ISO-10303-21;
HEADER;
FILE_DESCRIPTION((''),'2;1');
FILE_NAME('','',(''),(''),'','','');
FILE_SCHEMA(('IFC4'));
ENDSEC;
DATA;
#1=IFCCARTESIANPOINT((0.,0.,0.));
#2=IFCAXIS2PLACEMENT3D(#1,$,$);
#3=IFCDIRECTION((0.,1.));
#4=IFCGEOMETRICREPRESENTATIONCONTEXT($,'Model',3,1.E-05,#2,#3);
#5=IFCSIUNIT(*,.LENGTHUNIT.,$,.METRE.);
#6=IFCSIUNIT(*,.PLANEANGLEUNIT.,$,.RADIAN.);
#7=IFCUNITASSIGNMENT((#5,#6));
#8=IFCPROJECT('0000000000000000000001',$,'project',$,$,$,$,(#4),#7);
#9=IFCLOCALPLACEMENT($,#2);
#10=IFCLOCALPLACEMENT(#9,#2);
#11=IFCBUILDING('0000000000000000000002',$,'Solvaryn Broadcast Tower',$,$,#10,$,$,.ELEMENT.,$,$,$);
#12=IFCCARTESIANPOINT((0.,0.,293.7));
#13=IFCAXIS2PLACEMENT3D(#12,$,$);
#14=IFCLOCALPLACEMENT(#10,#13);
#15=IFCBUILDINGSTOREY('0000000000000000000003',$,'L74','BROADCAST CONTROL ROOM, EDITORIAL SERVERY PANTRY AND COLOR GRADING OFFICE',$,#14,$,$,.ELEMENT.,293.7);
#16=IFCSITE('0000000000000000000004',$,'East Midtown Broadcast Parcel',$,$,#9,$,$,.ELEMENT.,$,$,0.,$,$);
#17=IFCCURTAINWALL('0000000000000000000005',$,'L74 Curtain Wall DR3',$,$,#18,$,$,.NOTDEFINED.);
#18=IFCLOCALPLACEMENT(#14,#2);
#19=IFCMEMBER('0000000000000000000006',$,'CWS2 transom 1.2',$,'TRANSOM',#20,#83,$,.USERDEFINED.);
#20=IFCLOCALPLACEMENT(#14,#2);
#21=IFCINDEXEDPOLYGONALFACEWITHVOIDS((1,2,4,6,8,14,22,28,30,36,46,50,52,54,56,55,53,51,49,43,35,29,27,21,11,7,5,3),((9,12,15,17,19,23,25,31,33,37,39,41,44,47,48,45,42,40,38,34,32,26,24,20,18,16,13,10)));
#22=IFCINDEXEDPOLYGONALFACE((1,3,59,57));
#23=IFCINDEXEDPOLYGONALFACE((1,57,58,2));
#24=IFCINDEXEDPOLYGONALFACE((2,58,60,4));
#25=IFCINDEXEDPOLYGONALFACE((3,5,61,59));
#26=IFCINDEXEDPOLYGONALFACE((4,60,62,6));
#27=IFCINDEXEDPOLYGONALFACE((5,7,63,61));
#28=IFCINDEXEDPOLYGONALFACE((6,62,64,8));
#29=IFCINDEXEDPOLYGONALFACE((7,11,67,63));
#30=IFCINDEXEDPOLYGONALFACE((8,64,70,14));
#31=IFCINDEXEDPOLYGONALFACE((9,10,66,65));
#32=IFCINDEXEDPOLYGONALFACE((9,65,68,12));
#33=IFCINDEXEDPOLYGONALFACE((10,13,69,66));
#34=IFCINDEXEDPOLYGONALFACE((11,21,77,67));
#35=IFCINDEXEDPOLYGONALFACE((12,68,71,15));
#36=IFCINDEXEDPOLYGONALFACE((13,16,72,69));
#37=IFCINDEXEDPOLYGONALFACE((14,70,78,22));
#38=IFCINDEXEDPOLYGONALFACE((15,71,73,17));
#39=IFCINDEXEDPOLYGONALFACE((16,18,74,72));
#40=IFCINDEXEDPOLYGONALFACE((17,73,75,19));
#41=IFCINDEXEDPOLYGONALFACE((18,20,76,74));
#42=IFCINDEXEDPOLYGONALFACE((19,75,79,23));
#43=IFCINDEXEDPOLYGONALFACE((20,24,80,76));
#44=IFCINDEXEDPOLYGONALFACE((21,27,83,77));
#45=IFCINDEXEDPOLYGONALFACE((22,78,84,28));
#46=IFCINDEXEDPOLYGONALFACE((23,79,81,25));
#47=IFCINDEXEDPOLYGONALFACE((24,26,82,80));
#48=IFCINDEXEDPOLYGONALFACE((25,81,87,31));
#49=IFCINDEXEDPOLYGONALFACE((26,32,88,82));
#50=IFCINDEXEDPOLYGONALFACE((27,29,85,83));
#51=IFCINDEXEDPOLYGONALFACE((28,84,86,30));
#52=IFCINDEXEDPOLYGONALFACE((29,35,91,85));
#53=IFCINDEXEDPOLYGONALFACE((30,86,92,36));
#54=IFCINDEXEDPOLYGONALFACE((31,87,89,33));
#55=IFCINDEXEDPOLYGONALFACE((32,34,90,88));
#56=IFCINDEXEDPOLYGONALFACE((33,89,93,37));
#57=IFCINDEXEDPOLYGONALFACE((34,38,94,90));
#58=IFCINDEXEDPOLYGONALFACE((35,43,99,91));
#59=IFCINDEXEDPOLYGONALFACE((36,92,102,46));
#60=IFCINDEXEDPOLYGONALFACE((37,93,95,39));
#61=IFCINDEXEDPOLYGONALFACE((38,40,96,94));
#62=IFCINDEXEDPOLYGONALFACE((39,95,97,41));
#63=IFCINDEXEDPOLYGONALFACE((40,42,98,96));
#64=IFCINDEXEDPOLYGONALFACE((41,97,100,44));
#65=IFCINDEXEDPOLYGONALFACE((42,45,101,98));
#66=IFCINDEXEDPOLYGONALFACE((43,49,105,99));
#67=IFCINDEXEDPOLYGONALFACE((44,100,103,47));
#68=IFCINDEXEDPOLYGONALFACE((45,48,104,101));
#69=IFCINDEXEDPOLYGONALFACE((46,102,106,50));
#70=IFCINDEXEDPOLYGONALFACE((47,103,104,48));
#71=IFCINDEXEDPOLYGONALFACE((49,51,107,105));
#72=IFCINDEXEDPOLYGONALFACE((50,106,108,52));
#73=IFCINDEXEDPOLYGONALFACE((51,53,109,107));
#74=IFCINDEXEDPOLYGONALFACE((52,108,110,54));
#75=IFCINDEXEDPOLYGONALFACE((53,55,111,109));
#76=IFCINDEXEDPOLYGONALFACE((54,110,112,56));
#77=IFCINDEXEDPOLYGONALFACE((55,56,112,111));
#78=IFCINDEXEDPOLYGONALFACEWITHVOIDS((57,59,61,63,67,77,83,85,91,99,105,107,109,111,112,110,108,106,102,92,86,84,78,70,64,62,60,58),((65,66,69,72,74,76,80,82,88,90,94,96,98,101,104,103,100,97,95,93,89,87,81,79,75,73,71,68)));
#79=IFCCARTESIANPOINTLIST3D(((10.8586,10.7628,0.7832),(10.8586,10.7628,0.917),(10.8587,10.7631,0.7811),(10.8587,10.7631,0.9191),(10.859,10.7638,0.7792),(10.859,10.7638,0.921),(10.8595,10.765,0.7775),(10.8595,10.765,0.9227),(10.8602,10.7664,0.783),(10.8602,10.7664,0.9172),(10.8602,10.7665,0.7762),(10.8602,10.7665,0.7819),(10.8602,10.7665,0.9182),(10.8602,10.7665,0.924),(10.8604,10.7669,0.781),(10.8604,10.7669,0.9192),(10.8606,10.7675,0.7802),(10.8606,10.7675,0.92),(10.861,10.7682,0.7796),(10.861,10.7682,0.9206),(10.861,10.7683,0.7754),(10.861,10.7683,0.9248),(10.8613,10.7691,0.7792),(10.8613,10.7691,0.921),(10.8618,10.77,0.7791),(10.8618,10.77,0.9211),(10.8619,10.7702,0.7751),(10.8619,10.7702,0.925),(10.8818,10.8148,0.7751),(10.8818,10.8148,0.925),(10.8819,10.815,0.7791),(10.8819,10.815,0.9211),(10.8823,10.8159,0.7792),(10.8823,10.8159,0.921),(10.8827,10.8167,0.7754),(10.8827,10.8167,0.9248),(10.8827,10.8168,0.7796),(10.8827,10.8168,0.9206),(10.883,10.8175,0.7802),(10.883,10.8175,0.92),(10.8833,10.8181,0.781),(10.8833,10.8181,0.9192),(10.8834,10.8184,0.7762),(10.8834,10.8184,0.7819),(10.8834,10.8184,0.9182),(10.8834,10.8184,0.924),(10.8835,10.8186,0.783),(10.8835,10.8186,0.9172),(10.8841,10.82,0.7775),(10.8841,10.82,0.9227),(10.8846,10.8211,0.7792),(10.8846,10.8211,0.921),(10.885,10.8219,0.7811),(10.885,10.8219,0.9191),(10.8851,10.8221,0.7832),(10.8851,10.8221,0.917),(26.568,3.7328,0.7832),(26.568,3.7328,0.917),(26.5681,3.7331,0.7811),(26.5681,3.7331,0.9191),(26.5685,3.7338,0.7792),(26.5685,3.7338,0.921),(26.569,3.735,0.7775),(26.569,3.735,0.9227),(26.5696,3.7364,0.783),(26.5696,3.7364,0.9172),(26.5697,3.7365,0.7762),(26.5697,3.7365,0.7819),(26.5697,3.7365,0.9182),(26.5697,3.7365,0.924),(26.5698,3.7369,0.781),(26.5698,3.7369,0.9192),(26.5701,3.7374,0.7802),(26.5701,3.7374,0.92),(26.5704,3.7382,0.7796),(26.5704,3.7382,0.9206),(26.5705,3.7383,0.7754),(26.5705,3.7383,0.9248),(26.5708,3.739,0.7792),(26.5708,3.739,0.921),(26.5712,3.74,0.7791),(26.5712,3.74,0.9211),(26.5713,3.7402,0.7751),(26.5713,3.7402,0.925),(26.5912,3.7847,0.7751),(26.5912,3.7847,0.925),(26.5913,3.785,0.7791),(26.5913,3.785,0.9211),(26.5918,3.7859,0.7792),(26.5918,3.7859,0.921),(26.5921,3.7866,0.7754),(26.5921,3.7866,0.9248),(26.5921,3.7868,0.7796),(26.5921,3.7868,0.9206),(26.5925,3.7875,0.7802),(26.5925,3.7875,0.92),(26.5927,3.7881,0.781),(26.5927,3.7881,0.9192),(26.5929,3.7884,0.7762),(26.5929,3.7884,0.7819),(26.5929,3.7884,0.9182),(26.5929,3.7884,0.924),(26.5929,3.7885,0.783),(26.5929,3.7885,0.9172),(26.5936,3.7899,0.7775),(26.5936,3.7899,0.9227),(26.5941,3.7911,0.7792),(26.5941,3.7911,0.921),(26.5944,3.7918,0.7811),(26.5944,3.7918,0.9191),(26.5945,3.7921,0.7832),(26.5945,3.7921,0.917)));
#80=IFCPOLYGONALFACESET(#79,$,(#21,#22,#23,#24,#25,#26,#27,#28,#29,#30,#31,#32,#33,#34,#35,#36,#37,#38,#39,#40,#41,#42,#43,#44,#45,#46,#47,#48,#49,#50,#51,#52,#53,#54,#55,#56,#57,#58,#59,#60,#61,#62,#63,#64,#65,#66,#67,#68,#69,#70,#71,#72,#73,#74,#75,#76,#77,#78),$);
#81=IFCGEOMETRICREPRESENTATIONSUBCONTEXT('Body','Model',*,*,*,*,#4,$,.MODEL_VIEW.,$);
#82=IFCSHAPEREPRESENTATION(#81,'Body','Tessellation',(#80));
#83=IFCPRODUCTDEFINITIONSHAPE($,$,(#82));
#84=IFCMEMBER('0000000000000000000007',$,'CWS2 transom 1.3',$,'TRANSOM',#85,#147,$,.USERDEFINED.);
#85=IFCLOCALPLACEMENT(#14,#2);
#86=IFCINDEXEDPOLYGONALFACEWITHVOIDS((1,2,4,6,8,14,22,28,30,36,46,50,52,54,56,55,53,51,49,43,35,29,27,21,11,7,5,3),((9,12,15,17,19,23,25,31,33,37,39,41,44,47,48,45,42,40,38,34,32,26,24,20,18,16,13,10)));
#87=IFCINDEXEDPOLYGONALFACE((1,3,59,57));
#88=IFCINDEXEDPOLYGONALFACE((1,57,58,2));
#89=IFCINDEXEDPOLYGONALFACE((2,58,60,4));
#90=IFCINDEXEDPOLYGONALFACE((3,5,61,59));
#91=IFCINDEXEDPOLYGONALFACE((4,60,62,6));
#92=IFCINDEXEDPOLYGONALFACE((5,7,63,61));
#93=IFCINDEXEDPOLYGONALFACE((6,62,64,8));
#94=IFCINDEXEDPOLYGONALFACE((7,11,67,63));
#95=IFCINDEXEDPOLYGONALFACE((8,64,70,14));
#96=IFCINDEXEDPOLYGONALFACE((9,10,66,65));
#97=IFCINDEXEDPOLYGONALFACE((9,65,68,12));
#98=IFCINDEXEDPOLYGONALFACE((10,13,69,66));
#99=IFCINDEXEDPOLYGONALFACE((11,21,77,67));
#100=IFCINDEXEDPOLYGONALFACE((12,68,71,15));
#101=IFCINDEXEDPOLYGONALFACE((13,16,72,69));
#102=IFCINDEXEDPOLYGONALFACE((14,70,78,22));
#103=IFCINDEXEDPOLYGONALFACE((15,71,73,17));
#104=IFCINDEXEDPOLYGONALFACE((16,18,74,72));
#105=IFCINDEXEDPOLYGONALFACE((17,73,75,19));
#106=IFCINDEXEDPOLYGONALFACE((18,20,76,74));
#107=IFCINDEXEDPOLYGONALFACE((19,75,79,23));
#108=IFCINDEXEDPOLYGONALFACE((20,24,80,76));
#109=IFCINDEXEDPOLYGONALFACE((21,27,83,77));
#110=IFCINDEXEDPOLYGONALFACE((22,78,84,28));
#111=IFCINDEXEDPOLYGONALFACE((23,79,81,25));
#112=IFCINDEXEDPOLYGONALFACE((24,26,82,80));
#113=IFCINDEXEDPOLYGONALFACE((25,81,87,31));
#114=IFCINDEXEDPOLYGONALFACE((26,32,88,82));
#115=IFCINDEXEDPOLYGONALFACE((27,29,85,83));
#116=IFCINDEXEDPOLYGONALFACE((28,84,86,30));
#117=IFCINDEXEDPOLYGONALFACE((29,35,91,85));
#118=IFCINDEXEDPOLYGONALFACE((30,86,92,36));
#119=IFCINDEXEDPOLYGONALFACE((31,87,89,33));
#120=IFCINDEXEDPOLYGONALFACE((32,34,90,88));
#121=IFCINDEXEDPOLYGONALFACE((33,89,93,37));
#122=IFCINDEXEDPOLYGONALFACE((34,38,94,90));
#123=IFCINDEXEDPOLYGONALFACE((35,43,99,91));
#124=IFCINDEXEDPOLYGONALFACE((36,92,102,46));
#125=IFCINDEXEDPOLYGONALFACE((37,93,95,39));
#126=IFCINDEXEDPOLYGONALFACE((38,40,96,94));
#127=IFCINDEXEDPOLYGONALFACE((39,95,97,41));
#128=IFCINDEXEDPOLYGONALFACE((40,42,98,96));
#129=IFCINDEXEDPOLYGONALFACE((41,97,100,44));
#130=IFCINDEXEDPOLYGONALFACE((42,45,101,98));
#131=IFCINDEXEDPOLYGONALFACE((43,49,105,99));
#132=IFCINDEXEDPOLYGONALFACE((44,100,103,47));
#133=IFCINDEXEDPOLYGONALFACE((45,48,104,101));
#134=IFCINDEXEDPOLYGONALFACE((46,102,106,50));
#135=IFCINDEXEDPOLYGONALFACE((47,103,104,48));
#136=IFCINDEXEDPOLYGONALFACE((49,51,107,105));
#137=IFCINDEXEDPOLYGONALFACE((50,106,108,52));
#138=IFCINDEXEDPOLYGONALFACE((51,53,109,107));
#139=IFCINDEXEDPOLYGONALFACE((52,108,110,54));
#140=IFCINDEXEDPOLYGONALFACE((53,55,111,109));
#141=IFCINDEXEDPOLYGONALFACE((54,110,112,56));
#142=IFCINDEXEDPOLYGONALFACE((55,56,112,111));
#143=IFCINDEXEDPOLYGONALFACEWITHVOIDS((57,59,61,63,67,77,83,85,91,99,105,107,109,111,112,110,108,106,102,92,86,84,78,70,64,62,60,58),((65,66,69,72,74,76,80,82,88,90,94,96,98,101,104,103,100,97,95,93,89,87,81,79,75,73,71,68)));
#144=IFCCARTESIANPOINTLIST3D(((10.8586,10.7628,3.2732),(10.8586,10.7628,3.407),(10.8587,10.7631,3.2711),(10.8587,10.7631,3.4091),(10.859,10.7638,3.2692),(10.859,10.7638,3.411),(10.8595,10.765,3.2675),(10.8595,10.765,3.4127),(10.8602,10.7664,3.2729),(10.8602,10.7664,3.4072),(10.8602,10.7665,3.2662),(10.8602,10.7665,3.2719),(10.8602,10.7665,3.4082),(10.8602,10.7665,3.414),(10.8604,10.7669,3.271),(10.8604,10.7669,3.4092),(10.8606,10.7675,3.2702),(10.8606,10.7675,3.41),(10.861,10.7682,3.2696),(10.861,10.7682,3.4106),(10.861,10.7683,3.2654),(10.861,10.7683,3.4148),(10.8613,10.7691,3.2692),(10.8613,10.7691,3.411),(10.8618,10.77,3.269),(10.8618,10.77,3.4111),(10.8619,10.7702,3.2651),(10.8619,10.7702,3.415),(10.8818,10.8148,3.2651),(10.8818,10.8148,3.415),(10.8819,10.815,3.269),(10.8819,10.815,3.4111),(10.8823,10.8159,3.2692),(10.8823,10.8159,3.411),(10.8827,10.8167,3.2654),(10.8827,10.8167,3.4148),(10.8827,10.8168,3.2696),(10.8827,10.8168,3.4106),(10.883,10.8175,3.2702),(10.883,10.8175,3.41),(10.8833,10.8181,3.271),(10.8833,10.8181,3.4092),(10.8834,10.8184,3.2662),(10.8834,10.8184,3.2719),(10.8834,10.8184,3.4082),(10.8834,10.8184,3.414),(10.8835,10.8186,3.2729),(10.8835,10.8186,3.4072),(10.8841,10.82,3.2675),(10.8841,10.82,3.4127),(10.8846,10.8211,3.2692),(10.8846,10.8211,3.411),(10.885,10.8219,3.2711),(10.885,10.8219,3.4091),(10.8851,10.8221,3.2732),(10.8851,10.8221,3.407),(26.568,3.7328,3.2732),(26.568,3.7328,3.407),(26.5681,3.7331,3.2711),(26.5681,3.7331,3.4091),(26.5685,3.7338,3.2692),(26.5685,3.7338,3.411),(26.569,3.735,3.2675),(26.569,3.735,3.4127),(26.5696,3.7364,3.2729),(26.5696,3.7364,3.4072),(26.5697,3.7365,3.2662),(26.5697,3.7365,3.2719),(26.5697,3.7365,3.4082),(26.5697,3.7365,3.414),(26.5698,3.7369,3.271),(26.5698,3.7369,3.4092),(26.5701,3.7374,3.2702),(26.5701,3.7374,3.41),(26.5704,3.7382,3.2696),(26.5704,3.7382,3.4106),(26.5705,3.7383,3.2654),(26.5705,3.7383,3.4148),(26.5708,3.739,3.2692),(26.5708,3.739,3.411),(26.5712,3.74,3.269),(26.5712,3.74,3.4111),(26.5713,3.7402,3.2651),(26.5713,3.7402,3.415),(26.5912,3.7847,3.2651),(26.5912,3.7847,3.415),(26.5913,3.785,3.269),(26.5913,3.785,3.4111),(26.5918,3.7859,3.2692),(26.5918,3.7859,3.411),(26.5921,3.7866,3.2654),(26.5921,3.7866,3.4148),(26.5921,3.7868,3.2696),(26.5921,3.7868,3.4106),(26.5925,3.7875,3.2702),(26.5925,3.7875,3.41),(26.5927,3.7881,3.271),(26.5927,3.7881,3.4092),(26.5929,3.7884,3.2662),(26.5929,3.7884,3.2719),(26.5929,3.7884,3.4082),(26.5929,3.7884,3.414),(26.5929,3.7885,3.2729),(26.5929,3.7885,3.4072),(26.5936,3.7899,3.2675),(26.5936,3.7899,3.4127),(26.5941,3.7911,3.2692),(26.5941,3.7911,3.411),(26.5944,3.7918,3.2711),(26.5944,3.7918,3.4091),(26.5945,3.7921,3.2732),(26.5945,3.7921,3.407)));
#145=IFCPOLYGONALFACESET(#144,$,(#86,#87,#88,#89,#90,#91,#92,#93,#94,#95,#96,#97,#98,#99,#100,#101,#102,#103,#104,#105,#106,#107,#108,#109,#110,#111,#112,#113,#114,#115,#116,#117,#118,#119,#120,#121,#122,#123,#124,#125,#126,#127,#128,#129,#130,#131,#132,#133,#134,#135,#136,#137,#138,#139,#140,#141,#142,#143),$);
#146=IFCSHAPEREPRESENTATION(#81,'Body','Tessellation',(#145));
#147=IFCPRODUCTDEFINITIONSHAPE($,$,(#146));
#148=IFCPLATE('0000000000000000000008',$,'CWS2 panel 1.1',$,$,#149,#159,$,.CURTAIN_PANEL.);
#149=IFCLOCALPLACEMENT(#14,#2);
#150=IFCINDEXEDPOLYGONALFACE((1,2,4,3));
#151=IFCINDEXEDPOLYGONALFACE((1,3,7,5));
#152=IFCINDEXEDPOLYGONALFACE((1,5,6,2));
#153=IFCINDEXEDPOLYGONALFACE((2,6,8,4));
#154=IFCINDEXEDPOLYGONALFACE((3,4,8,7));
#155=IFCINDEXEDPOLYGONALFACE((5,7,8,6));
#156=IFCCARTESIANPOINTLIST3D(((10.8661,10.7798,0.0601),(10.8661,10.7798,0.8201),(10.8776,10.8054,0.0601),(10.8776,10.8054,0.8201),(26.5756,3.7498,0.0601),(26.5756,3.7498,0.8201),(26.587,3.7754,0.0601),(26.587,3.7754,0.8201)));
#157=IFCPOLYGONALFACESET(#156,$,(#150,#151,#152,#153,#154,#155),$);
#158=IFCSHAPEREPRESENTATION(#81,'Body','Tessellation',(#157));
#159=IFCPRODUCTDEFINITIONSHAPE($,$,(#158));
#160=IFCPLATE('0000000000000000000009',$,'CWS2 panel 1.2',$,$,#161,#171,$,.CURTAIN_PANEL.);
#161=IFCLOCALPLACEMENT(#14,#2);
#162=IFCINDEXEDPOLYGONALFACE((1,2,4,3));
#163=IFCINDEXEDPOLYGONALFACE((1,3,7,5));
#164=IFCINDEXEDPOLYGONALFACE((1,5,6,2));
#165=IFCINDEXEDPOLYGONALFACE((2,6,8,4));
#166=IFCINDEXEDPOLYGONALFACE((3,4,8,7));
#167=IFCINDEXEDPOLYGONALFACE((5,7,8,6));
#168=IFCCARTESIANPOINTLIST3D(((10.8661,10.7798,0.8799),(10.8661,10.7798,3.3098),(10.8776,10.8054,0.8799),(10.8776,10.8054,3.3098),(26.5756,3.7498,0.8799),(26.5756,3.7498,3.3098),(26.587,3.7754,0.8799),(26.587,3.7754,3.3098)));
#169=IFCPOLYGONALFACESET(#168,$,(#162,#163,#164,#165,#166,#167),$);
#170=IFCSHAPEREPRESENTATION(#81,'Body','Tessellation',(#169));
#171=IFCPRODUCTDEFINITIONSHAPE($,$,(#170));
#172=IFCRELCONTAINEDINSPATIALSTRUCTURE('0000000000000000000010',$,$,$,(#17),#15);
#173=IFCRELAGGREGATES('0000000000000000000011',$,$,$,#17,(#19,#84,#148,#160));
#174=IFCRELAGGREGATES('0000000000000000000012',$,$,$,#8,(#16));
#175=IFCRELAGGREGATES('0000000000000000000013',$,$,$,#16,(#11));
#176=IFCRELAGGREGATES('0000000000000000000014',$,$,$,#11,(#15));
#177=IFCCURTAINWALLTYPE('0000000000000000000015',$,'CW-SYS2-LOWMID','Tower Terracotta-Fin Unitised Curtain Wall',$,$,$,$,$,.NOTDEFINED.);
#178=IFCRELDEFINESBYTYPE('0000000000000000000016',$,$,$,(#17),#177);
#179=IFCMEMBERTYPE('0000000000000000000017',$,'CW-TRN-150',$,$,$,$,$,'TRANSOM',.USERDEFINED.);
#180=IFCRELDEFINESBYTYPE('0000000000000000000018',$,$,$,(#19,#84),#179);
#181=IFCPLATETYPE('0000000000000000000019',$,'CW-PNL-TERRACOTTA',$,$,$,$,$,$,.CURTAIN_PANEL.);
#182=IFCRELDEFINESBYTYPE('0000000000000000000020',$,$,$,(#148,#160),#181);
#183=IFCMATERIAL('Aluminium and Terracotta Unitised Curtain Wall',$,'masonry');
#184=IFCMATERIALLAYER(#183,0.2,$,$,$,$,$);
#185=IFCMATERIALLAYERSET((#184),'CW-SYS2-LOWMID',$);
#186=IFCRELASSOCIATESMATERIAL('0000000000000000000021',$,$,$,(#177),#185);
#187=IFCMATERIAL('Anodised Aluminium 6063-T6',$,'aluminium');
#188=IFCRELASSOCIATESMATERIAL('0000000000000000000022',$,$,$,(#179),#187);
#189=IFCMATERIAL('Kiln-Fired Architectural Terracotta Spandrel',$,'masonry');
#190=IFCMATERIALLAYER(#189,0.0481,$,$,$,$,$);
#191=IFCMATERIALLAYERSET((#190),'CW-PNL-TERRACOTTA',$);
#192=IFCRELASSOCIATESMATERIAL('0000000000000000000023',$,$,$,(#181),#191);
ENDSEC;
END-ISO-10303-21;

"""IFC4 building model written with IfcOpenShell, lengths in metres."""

from ifc_helpers import new_model, si_unit, direction, frame, origin, origin_2d, place, context, subcontext, project, spatial, rectangle, hollow_rectangle, extrude, material, layer, layer_set, material_profile, profile_set, type_object, element, aggregate, save


model = new_model("IFC4")

# Units and contexts
model_context = context("Model", 3, precision=1e-05, world=origin(), true_north=direction((0.0, 1.0)))
body_context = subcontext(model_context, "Body", "Model", "MODEL_VIEW")
ifc_project = project(units=[si_unit("LENGTHUNIT", "METRE"), si_unit("PLANEANGLEUNIT", "RADIAN")], contexts=[model_context])

# Site, building, storey
site_placement = place(None, origin())
site = spatial("IfcSite", under=ifc_project, at=site_placement, Name="East Midtown Broadcast Parcel", CompositionType="ELEMENT", RefElevation=0.0)
building_placement = place(site_placement, origin())
building = spatial("IfcBuilding", under=site, at=building_placement, Name="Solvaryn Broadcast Tower", CompositionType="ELEMENT")
storey_placement = place(building_placement, frame((0.0, 0.0, 293.7)))
storey = spatial("IfcBuildingStorey", under=building, at=storey_placement, Name="L74", Description="BROADCAST CONTROL ROOM, EDITORIAL SERVERY PANTRY AND COLOR GRADING OFFICE", CompositionType="ELEMENT", Elevation=293.7)

# Curtain wall, members, plates
ifc_material_1 = material(Name="Aluminium and Terracotta Unitised Curtain Wall", Category="masonry")
ifc_layer_1 = layer(ifc_material_1, 0.2)
ifc_layer_set_1 = layer_set([ifc_layer_1], Name="CW-SYS2-LOWMID")
curtain_wall_type = type_object("IfcCurtainWallType", Name="CW-SYS2-LOWMID", Description="Tower Terracotta-Fin Unitised Curtain Wall", PredefinedType="NOTDEFINED", material=ifc_layer_set_1)
curtain_wall_placement = place(storey_placement, origin())
curtain_wall = element("IfcCurtainWall", 1, at=curtain_wall_placement, inside=storey, type_object=curtain_wall_type, Name="L74 Curtain Wall DR3", PredefinedType="NOTDEFINED")
ifc_material_2 = material(Name="Anodised Aluminium 6063-T6", Category="aluminium")
ifc_material_profile_1 = material_profile(ifc_material_2, hollow_rectangle(XDim=0.0649, YDim=0.1499, WallThickness=0.0039, InnerFilletRadius=0.0039, OuterFilletRadius=0.0081, at=origin_2d()))
ifc_profile_set_1 = profile_set([ifc_material_profile_1], Name="Anodised Aluminium 6063-T6")
member_type_1 = type_object("IfcMemberType", Name="CW-TRN-150", ElementType="TRANSOM", PredefinedType="USERDEFINED", material=ifc_profile_set_1)
member_1_placement = place(storey_placement, frame((10.8718, 10.7925, 0.8501), z_axis=(0.912773, -0.408468, 0.0), x_axis=(0.408468, 0.912773, 0.0)))
member_1 = element("IfcMember", 2, at=member_1_placement, type_object=member_type_1, Name="CWS2 transom 1.2", ObjectType="TRANSOM", PredefinedType="USERDEFINED", context=body_context, shape_type="SweptSolid", body=[
    extrude(hollow_rectangle(XDim=0.0649, YDim=0.1499, WallThickness=0.0039, InnerFilletRadius=0.0039, OuterFilletRadius=0.0081, at=origin_2d()), origin(), (0.0, 0.0, 1.0), 17.2107),
])
member_2_placement = place(storey_placement, frame((10.8718, 10.7925, 3.3401), z_axis=(0.912773, -0.408468, 0.0), x_axis=(0.408468, 0.912773, 0.0)))
member_2 = element("IfcMember", 3, at=member_2_placement, type_object=member_type_1, Name="CWS2 transom 1.3", ObjectType="TRANSOM", PredefinedType="USERDEFINED", context=body_context, shape_type="SweptSolid", body=[
    extrude(hollow_rectangle(XDim=0.0649, YDim=0.1499, WallThickness=0.0039, InnerFilletRadius=0.0039, OuterFilletRadius=0.0081, at=origin_2d()), origin(), (0.0, 0.0, 1.0), 17.2107),
])
ifc_material_3 = material(Name="Kiln-Fired Architectural Terracotta Spandrel", Category="masonry")
ifc_layer_2 = layer(ifc_material_3, 0.0481)
ifc_layer_set_2 = layer_set([ifc_layer_2], Name="CW-PNL-TERRACOTTA")
plate_type = type_object("IfcPlateType", Name="CW-PNL-TERRACOTTA", PredefinedType="CURTAIN_PANEL", material=ifc_layer_set_2)
plate_1_placement = place(storey_placement, frame((18.7266, 7.2776, 0.0601), z_axis=(0.0, 0.0, 1.0), x_axis=(0.912774, -0.408466, 0.0)))
plate_1 = element("IfcPlate", 4, at=plate_1_placement, type_object=plate_type, Name="CWS2 panel 1.1", PredefinedType="CURTAIN_PANEL", context=body_context, shape_type="SweptSolid", body=[
    extrude(rectangle(XDim=17.2107, YDim=0.0281, at=origin_2d()), origin(), (0.0, 0.0, 1.0), 0.76),
])
plate_2_placement = place(storey_placement, frame((18.7266, 7.2776, 0.8799), z_axis=(0.0, 0.0, 1.0), x_axis=(0.912774, -0.408466, 0.0)))
plate_2 = element("IfcPlate", 5, at=plate_2_placement, type_object=plate_type, Name="CWS2 panel 1.2", PredefinedType="CURTAIN_PANEL", context=body_context, shape_type="SweptSolid", body=[
    extrude(rectangle(XDim=17.2107, YDim=0.0281, at=origin_2d()), origin(), (0.0, 0.0, 1.0), 2.4299),
])
aggregate(curtain_wall, [member_1, member_2, plate_1, plate_2])

save(model, "model.ifc")
